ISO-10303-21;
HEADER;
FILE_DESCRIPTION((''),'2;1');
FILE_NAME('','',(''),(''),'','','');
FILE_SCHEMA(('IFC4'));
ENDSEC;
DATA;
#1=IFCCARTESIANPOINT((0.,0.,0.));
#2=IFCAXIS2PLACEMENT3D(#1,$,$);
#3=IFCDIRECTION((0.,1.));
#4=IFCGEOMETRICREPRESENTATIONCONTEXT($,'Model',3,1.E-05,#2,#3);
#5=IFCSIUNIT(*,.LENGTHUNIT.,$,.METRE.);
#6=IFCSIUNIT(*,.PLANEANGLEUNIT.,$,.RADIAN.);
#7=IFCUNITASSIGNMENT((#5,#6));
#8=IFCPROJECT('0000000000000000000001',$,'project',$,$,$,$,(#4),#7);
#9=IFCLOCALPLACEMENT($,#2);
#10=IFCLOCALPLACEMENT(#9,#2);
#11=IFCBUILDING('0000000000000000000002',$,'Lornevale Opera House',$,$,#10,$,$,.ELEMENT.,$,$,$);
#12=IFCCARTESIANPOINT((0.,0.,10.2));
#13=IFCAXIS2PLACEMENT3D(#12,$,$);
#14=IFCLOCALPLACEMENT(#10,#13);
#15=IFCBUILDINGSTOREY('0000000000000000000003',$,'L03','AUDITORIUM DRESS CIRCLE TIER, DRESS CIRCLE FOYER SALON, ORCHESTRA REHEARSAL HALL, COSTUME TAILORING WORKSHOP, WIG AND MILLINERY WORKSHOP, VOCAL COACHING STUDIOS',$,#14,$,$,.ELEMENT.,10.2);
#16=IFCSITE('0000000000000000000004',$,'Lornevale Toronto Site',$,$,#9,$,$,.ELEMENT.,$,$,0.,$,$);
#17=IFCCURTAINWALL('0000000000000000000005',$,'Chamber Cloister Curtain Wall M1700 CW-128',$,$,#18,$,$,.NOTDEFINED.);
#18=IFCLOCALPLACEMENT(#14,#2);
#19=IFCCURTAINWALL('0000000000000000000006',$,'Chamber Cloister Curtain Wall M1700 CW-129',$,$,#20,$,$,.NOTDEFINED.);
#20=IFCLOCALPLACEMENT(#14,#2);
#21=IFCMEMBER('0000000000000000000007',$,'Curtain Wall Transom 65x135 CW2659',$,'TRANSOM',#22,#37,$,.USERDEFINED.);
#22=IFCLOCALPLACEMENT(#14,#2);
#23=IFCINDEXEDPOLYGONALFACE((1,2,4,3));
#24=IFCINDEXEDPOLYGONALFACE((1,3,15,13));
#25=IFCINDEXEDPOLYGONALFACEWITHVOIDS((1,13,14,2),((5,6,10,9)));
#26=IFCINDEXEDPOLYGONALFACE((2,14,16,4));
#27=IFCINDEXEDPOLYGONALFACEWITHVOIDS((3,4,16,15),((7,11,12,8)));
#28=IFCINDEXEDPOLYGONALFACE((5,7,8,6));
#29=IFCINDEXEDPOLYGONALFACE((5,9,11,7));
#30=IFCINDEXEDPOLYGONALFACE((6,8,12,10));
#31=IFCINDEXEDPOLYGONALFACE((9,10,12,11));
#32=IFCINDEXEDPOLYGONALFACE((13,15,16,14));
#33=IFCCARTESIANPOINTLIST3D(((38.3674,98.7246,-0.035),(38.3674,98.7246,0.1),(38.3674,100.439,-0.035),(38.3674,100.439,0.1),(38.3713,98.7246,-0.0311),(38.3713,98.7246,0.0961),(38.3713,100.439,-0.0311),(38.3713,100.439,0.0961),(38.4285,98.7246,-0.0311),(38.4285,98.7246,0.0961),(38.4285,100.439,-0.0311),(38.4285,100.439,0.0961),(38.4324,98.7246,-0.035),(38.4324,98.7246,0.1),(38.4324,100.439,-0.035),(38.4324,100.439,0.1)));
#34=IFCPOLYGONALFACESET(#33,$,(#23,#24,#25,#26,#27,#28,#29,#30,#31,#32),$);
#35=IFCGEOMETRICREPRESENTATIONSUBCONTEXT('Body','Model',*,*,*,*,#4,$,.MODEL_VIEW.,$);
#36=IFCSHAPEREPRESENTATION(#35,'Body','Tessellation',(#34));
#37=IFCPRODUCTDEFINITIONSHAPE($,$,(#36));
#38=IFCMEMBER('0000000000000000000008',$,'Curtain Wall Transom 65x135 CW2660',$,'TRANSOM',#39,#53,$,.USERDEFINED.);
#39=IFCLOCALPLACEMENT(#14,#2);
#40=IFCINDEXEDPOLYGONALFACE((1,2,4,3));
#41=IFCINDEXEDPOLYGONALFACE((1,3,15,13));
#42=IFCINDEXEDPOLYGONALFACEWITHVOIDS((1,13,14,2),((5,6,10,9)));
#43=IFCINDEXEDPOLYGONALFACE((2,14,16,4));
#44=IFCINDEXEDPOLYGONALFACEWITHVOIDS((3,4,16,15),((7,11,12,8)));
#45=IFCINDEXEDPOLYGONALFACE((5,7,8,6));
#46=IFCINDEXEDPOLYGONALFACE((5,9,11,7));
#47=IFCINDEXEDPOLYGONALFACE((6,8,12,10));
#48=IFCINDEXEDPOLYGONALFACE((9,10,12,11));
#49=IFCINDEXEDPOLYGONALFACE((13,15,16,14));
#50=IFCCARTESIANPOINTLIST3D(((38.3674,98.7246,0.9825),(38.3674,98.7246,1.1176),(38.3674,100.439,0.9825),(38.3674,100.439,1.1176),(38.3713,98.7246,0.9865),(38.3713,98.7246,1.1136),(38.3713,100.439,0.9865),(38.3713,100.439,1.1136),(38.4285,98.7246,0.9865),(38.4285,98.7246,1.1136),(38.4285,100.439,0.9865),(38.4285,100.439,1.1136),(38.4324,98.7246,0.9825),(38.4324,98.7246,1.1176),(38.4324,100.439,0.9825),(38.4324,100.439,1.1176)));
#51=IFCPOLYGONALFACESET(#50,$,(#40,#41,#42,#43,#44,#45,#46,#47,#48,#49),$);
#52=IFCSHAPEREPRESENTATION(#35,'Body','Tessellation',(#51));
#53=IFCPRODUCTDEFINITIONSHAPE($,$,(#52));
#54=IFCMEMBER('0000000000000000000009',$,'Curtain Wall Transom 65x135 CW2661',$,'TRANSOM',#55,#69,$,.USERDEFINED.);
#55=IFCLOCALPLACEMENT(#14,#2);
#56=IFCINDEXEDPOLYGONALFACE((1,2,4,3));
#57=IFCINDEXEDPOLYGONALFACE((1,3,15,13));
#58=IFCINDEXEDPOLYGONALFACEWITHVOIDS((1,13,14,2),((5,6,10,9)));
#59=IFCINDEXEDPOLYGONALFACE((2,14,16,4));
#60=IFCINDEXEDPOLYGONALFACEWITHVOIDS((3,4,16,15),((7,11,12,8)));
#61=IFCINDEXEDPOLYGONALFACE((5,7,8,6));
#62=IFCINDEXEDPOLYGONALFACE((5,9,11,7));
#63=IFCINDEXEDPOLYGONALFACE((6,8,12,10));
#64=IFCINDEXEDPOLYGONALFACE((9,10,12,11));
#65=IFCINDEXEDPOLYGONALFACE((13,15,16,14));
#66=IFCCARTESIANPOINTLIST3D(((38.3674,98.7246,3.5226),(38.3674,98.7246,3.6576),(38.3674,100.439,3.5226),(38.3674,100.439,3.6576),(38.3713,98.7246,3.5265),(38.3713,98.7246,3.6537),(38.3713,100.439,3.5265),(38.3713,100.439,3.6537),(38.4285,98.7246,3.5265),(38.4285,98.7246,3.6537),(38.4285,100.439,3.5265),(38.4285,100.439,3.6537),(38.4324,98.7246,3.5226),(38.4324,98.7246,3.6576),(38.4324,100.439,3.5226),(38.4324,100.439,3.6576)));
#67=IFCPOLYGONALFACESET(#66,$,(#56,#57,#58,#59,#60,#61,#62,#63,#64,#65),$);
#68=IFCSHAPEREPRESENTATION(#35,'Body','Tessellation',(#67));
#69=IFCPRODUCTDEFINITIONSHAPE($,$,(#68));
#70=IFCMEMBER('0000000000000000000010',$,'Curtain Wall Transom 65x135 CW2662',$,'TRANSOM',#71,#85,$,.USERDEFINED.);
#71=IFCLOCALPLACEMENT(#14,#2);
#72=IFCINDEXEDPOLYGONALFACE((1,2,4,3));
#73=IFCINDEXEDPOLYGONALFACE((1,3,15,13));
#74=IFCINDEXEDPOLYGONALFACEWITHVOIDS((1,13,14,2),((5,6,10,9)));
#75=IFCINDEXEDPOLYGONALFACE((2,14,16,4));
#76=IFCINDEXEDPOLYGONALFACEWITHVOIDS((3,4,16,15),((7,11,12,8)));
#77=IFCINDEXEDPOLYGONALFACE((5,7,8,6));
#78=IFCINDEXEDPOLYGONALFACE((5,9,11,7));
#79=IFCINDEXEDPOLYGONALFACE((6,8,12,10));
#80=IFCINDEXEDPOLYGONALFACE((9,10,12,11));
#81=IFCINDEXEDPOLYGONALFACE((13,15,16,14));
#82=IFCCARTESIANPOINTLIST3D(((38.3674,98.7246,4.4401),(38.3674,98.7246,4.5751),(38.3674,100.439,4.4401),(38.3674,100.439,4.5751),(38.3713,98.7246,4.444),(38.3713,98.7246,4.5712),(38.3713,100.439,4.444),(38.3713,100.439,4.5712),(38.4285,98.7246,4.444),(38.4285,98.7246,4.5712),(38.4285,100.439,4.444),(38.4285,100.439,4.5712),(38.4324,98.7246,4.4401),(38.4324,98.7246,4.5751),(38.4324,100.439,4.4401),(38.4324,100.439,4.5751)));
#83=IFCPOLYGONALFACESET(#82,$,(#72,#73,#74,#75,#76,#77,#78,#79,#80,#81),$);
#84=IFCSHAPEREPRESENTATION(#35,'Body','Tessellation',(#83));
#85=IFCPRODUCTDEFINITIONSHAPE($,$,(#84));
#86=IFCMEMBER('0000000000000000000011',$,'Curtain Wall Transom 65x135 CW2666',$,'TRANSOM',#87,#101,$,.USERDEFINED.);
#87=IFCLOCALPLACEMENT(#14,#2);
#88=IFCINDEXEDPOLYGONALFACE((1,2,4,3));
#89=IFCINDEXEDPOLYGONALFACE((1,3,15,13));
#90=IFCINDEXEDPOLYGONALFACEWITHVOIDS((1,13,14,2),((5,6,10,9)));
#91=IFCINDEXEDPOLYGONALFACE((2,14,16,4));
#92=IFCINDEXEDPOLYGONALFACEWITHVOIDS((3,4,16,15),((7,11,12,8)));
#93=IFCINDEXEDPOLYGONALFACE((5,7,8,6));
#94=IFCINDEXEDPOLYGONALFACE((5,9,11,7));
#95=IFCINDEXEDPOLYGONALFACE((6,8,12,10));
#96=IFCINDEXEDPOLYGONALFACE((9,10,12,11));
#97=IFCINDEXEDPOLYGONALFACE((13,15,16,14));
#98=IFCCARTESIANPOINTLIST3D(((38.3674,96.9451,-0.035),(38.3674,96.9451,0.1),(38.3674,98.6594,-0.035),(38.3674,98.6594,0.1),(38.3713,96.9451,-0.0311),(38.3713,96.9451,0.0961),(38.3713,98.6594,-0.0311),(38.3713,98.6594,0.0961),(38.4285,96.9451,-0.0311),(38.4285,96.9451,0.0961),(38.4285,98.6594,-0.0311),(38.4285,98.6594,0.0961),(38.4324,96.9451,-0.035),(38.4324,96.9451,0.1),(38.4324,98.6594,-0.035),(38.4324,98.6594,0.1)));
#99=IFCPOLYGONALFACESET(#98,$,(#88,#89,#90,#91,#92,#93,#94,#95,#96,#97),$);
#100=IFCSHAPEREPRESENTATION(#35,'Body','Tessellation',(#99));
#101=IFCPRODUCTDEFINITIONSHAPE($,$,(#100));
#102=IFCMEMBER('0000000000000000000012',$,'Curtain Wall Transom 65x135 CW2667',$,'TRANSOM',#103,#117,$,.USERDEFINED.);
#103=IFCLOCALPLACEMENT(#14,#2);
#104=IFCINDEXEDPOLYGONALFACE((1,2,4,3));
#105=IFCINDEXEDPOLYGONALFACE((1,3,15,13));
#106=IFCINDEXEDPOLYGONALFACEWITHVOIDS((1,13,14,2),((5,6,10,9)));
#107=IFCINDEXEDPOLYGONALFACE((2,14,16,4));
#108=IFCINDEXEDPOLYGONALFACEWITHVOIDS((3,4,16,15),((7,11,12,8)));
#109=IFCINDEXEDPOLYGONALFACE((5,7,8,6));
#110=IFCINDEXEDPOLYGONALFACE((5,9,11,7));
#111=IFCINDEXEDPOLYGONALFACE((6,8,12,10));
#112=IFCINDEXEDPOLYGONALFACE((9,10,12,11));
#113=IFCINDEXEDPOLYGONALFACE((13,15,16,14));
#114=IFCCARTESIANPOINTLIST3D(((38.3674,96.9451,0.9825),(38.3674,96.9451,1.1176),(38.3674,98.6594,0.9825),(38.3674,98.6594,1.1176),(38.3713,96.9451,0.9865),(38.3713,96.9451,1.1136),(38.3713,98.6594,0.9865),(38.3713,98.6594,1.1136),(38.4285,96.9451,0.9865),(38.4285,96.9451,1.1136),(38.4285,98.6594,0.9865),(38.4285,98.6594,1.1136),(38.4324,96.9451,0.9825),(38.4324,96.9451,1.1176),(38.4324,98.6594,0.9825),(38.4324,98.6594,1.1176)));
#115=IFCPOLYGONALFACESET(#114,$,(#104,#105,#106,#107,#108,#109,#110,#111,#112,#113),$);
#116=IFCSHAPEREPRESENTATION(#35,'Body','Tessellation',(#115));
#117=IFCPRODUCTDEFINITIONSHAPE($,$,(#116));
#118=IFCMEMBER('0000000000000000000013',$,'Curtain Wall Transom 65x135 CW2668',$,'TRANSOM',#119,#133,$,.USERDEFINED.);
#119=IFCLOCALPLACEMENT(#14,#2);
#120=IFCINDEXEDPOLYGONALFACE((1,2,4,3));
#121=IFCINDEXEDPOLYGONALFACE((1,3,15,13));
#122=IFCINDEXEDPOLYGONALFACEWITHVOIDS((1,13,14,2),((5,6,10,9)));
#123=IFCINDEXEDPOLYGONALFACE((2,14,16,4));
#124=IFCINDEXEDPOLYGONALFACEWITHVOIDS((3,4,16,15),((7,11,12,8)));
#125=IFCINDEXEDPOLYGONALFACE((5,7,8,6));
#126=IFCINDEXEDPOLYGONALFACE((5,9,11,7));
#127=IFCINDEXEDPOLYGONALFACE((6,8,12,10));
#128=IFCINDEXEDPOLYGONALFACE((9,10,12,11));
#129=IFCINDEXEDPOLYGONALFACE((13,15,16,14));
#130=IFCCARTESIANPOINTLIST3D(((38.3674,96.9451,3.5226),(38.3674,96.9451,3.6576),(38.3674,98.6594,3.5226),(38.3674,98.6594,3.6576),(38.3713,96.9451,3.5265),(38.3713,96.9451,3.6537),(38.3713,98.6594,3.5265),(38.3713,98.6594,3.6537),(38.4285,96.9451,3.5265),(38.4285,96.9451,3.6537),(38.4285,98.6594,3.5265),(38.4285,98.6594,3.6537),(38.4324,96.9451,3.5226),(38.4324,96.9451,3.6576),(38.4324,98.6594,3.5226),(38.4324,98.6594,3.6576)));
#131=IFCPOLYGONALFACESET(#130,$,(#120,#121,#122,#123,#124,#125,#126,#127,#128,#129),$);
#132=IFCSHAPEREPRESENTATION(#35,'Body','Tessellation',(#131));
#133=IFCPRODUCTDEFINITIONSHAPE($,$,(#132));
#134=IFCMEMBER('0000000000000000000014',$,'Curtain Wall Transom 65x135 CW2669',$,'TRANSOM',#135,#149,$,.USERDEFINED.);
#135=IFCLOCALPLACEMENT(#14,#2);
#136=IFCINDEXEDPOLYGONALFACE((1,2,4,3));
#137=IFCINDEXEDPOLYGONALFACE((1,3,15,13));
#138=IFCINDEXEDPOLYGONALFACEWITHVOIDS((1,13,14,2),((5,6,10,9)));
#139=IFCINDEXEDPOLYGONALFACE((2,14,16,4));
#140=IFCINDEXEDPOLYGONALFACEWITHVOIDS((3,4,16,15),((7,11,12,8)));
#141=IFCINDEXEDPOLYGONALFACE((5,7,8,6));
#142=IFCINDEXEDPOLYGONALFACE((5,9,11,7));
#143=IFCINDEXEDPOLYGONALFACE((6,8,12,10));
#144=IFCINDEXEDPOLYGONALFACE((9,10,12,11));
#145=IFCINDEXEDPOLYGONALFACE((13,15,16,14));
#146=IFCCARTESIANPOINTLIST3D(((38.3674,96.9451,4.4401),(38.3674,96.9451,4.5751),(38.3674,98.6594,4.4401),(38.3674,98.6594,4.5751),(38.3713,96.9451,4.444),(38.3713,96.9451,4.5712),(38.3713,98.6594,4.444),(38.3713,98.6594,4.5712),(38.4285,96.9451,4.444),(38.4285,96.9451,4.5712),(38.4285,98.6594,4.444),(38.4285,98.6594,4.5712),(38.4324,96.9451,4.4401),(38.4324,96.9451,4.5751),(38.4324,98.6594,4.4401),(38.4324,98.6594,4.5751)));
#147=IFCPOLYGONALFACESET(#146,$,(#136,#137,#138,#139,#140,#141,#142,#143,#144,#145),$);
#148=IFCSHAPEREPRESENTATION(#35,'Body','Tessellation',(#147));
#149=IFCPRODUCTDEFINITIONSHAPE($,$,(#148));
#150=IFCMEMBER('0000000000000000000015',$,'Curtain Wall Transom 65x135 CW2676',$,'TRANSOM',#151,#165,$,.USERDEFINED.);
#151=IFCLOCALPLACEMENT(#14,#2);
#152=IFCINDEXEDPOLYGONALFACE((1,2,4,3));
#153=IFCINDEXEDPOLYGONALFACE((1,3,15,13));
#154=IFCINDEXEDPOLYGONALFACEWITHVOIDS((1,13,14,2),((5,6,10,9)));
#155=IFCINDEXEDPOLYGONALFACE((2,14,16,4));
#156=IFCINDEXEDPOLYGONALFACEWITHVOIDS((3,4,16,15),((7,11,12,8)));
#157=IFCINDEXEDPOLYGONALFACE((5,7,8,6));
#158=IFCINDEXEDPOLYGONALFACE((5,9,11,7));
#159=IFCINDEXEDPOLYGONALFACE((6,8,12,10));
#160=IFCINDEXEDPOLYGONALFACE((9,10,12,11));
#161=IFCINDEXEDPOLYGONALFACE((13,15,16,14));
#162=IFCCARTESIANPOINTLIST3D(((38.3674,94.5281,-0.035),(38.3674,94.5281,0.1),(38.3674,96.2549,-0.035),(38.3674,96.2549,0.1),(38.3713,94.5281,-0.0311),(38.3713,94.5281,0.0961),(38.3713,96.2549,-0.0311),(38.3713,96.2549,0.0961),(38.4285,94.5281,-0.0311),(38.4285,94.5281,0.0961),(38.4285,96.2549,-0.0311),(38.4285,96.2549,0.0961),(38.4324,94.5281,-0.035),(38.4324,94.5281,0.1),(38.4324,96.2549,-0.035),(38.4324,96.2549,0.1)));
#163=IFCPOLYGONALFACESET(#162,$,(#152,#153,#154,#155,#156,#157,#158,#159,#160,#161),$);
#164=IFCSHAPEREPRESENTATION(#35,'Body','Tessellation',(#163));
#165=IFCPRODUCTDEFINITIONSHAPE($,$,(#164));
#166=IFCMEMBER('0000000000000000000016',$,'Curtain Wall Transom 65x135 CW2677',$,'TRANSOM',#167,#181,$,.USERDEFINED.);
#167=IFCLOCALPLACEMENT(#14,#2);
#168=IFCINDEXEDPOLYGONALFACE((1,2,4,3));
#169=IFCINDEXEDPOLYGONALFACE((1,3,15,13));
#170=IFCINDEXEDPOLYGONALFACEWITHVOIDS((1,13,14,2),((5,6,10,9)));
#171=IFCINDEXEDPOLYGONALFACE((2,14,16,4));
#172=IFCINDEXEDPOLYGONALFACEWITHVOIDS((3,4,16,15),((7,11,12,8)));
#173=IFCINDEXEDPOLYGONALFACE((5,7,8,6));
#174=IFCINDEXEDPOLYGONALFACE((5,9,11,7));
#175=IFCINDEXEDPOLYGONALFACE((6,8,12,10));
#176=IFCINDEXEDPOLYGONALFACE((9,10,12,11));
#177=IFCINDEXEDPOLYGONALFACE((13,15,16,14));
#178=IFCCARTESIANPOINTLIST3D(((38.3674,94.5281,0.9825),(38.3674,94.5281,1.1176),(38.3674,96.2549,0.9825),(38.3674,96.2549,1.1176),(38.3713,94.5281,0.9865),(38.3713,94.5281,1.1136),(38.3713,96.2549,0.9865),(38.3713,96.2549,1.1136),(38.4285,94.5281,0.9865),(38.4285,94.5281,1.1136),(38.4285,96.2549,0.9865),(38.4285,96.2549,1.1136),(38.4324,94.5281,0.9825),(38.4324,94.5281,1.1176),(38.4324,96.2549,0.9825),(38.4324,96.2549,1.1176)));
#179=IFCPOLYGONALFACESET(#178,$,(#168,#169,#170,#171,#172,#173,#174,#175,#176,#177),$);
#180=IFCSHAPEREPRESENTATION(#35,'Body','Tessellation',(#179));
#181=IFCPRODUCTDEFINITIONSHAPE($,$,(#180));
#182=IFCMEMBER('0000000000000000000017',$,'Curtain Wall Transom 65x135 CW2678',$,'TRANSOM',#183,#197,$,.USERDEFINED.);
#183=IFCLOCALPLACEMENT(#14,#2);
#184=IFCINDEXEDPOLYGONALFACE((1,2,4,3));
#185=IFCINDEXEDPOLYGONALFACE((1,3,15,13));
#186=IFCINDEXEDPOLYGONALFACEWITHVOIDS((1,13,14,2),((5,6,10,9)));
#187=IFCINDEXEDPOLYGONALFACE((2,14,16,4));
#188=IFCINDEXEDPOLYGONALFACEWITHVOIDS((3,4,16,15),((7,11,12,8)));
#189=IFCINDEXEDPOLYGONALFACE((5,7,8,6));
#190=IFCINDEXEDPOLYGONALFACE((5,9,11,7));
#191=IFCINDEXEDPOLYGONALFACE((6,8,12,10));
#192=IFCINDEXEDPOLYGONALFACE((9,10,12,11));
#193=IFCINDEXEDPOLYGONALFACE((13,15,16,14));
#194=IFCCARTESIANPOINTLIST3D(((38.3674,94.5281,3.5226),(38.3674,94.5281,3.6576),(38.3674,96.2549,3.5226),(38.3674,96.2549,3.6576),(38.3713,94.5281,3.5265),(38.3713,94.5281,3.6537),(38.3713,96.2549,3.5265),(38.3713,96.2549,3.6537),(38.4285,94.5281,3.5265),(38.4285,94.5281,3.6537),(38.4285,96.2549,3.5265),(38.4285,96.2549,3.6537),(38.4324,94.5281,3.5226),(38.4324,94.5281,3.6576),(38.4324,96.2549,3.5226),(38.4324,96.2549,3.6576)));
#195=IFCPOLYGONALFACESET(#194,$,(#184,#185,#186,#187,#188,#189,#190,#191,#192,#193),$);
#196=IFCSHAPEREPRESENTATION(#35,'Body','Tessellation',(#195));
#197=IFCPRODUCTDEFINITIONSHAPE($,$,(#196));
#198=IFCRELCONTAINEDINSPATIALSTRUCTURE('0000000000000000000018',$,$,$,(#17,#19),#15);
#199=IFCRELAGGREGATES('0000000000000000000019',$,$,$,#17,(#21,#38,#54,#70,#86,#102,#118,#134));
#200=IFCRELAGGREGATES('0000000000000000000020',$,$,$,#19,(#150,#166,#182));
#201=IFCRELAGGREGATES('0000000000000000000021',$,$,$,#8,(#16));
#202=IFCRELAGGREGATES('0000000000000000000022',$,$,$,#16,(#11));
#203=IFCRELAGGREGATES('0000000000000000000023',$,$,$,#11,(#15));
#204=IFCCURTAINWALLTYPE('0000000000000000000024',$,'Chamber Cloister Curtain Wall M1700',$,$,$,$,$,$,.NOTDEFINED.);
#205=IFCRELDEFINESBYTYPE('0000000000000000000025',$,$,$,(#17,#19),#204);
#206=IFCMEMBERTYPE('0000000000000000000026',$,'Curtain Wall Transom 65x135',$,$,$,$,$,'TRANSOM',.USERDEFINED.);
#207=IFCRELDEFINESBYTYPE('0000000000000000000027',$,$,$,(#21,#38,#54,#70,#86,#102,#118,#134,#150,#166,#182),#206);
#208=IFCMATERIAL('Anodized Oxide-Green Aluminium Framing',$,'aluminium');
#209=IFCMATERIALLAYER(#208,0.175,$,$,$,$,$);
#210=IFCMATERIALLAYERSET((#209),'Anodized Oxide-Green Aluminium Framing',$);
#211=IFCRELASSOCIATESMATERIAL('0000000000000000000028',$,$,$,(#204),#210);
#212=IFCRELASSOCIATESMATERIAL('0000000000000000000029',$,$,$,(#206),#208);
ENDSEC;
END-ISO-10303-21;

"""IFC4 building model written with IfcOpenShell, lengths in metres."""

from ifc_helpers import new_model, si_unit, direction, frame, origin, origin_2d, place, context, subcontext, project, spatial, hollow_rectangle, extrude, material, layer, layer_set, material_profile, profile_set, type_object, element, aggregate, save


model = new_model("IFC4")

# Units and contexts
model_context = context("Model", 3, precision=1e-05, world=origin(), true_north=direction((0.0, 1.0)))
body_context = subcontext(model_context, "Body", "Model", "MODEL_VIEW")
ifc_project = project(units=[si_unit("LENGTHUNIT", "METRE"), si_unit("PLANEANGLEUNIT", "RADIAN")], contexts=[model_context])

# Site, building, storey
site_placement = place(None, origin())
site = spatial("IfcSite", under=ifc_project, at=site_placement, Name="Lornevale Toronto Site", CompositionType="ELEMENT", RefElevation=0.0)
building_placement = place(site_placement, origin())
building = spatial("IfcBuilding", under=site, at=building_placement, Name="Lornevale Opera House", CompositionType="ELEMENT")
storey_placement = place(building_placement, frame((0.0, 0.0, 10.2)))
storey = spatial("IfcBuildingStorey", under=building, at=storey_placement, Name="L03", Description="AUDITORIUM DRESS CIRCLE TIER, DRESS CIRCLE FOYER SALON, ORCHESTRA REHEARSAL HALL, COSTUME TAILORING WORKSHOP, WIG AND MILLINERY WORKSHOP, VOCAL COACHING STUDIOS", CompositionType="ELEMENT", Elevation=10.2)

# Curtain walls
ifc_material_1 = material(Name="Anodized Oxide-Green Aluminium Framing", Category="aluminium")
ifc_layer_1 = layer(ifc_material_1, 0.175)
ifc_layer_set_1 = layer_set([ifc_layer_1], Name="Anodized Oxide-Green Aluminium Framing")
curtain_wall_type = type_object("IfcCurtainWallType", Name="Chamber Cloister Curtain Wall M1700", PredefinedType="NOTDEFINED", material=ifc_layer_set_1)
curtain_wall_1_placement = place(storey_placement, origin())
curtain_wall_1 = element("IfcCurtainWall", 1, at=curtain_wall_1_placement, inside=storey, type_object=curtain_wall_type, Name="Chamber Cloister Curtain Wall M1700 CW-128", PredefinedType="NOTDEFINED")
curtain_wall_2_placement = place(storey_placement, origin())
curtain_wall_2 = element("IfcCurtainWall", 2, at=curtain_wall_2_placement, inside=storey, type_object=curtain_wall_type, Name="Chamber Cloister Curtain Wall M1700 CW-129", PredefinedType="NOTDEFINED")

# Members
ifc_material_profile_1 = material_profile(ifc_material_1, hollow_rectangle(XDim=0.0649, YDim=0.135, WallThickness=0.0039, at=origin_2d()), Name="ALU65x135x4")
ifc_profile_set_1 = profile_set([ifc_material_profile_1], Name="Anodized Oxide-Green Aluminium Framing")
member_type_1 = type_object("IfcMemberType", Name="Curtain Wall Transom 65x135", ElementType="TRANSOM", PredefinedType="USERDEFINED", material=ifc_profile_set_1)
member_1_placement = place(storey_placement, frame((38.3999, 100.439, 0.0325), z_axis=(0.0, -1.0, 0.0), x_axis=(1.0, 0.0, 0.0)))
member_1 = element("IfcMember", 3, at=member_1_placement, type_object=member_type_1, Name="Curtain Wall Transom 65x135 CW2659", ObjectType="TRANSOM", PredefinedType="USERDEFINED", context=body_context, shape_type="SweptSolid", body=[
    extrude(hollow_rectangle(XDim=0.0649, YDim=0.135, WallThickness=0.0039, at=origin_2d()), origin(), (0.0, 0.0, 1.0), 1.7144),
])
member_2_placement = place(storey_placement, frame((38.3999, 100.439, 1.05), z_axis=(0.0, -1.0, 0.0), x_axis=(1.0, 0.0, 0.0)))
member_2 = element("IfcMember", 4, at=member_2_placement, type_object=member_type_1, Name="Curtain Wall Transom 65x135 CW2660", ObjectType="TRANSOM", PredefinedType="USERDEFINED", context=body_context, shape_type="SweptSolid", body=[
    extrude(hollow_rectangle(XDim=0.0649, YDim=0.135, WallThickness=0.0039, at=origin_2d()), origin(), (0.0, 0.0, 1.0), 1.7144),
])
member_3_placement = place(storey_placement, frame((38.3999, 100.439, 3.5901), z_axis=(0.0, -1.0, 0.0), x_axis=(1.0, 0.0, 0.0)))
member_3 = element("IfcMember", 5, at=member_3_placement, type_object=member_type_1, Name="Curtain Wall Transom 65x135 CW2661", ObjectType="TRANSOM", PredefinedType="USERDEFINED", context=body_context, shape_type="SweptSolid", body=[
    extrude(hollow_rectangle(XDim=0.0649, YDim=0.135, WallThickness=0.0039, at=origin_2d()), origin(), (0.0, 0.0, 1.0), 1.7144),
])
member_4_placement = place(storey_placement, frame((38.3999, 100.439, 4.5076), z_axis=(0.0, -1.0, 0.0), x_axis=(1.0, 0.0, 0.0)))
member_4 = element("IfcMember", 6, at=member_4_placement, type_object=member_type_1, Name="Curtain Wall Transom 65x135 CW2662", ObjectType="TRANSOM", PredefinedType="USERDEFINED", context=body_context, shape_type="SweptSolid", body=[
    extrude(hollow_rectangle(XDim=0.0649, YDim=0.135, WallThickness=0.0039, at=origin_2d()), origin(), (0.0, 0.0, 1.0), 1.7144),
])
member_5_placement = place(storey_placement, frame((38.3999, 98.6594, 0.0325), z_axis=(0.0, -1.0, 0.0), x_axis=(1.0, 0.0, 0.0)))
member_5 = element("IfcMember", 7, at=member_5_placement, type_object=member_type_1, Name="Curtain Wall Transom 65x135 CW2666", ObjectType="TRANSOM", PredefinedType="USERDEFINED", context=body_context, shape_type="SweptSolid", body=[
    extrude(hollow_rectangle(XDim=0.0649, YDim=0.135, WallThickness=0.0039, at=origin_2d()), origin(), (0.0, 0.0, 1.0), 1.7144),
])
member_6_placement = place(storey_placement, frame((38.3999, 98.6594, 1.05), z_axis=(0.0, -1.0, 0.0), x_axis=(1.0, 0.0, 0.0)))
member_6 = element("IfcMember", 8, at=member_6_placement, type_object=member_type_1, Name="Curtain Wall Transom 65x135 CW2667", ObjectType="TRANSOM", PredefinedType="USERDEFINED", context=body_context, shape_type="SweptSolid", body=[
    extrude(hollow_rectangle(XDim=0.0649, YDim=0.135, WallThickness=0.0039, at=origin_2d()), origin(), (0.0, 0.0, 1.0), 1.7144),
])
member_7_placement = place(storey_placement, frame((38.3999, 98.6594, 3.5901), z_axis=(0.0, -1.0, 0.0), x_axis=(1.0, 0.0, 0.0)))
member_7 = element("IfcMember", 9, at=member_7_placement, type_object=member_type_1, Name="Curtain Wall Transom 65x135 CW2668", ObjectType="TRANSOM", PredefinedType="USERDEFINED", context=body_context, shape_type="SweptSolid", body=[
    extrude(hollow_rectangle(XDim=0.0649, YDim=0.135, WallThickness=0.0039, at=origin_2d()), origin(), (0.0, 0.0, 1.0), 1.7144),
])
member_8_placement = place(storey_placement, frame((38.3999, 98.6594, 4.5076), z_axis=(0.0, -1.0, 0.0), x_axis=(1.0, 0.0, 0.0)))
member_8 = element("IfcMember", 10, at=member_8_placement, type_object=member_type_1, Name="Curtain Wall Transom 65x135 CW2669", ObjectType="TRANSOM", PredefinedType="USERDEFINED", context=body_context, shape_type="SweptSolid", body=[
    extrude(hollow_rectangle(XDim=0.0649, YDim=0.135, WallThickness=0.0039, at=origin_2d()), origin(), (0.0, 0.0, 1.0), 1.7144),
])
member_9_placement = place(storey_placement, frame((38.3999, 96.2549, 0.0325), z_axis=(0.0, -1.0, 0.0), x_axis=(1.0, 0.0, 0.0)))
member_9 = element("IfcMember", 11, at=member_9_placement, type_object=member_type_1, Name="Curtain Wall Transom 65x135 CW2676", ObjectType="TRANSOM", PredefinedType="USERDEFINED", context=body_context, shape_type="SweptSolid", body=[
    extrude(hollow_rectangle(XDim=0.0649, YDim=0.135, WallThickness=0.0039, at=origin_2d()), origin(), (0.0, 0.0, 1.0), 1.7268),
])
member_10_placement = place(storey_placement, frame((38.3999, 96.2549, 1.05), z_axis=(0.0, -1.0, 0.0), x_axis=(1.0, 0.0, 0.0)))
member_10 = element("IfcMember", 12, at=member_10_placement, type_object=member_type_1, Name="Curtain Wall Transom 65x135 CW2677", ObjectType="TRANSOM", PredefinedType="USERDEFINED", context=body_context, shape_type="SweptSolid", body=[
    extrude(hollow_rectangle(XDim=0.0649, YDim=0.135, WallThickness=0.0039, at=origin_2d()), origin(), (0.0, 0.0, 1.0), 1.7268),
])
member_11_placement = place(storey_placement, frame((38.3999, 96.2549, 3.5901), z_axis=(0.0, -1.0, 0.0), x_axis=(1.0, 0.0, 0.0)))
member_11 = element("IfcMember", 13, at=member_11_placement, type_object=member_type_1, Name="Curtain Wall Transom 65x135 CW2678", ObjectType="TRANSOM", PredefinedType="USERDEFINED", context=body_context, shape_type="SweptSolid", body=[
    extrude(hollow_rectangle(XDim=0.0649, YDim=0.135, WallThickness=0.0039, at=origin_2d()), origin(), (0.0, 0.0, 1.0), 1.7268),
])

aggregate(curtain_wall_1, [member_1, member_2, member_3, member_4, member_5, member_6, member_7, member_8])
aggregate(curtain_wall_2, [member_9, member_10, member_11])

save(model, "model.ifc")
